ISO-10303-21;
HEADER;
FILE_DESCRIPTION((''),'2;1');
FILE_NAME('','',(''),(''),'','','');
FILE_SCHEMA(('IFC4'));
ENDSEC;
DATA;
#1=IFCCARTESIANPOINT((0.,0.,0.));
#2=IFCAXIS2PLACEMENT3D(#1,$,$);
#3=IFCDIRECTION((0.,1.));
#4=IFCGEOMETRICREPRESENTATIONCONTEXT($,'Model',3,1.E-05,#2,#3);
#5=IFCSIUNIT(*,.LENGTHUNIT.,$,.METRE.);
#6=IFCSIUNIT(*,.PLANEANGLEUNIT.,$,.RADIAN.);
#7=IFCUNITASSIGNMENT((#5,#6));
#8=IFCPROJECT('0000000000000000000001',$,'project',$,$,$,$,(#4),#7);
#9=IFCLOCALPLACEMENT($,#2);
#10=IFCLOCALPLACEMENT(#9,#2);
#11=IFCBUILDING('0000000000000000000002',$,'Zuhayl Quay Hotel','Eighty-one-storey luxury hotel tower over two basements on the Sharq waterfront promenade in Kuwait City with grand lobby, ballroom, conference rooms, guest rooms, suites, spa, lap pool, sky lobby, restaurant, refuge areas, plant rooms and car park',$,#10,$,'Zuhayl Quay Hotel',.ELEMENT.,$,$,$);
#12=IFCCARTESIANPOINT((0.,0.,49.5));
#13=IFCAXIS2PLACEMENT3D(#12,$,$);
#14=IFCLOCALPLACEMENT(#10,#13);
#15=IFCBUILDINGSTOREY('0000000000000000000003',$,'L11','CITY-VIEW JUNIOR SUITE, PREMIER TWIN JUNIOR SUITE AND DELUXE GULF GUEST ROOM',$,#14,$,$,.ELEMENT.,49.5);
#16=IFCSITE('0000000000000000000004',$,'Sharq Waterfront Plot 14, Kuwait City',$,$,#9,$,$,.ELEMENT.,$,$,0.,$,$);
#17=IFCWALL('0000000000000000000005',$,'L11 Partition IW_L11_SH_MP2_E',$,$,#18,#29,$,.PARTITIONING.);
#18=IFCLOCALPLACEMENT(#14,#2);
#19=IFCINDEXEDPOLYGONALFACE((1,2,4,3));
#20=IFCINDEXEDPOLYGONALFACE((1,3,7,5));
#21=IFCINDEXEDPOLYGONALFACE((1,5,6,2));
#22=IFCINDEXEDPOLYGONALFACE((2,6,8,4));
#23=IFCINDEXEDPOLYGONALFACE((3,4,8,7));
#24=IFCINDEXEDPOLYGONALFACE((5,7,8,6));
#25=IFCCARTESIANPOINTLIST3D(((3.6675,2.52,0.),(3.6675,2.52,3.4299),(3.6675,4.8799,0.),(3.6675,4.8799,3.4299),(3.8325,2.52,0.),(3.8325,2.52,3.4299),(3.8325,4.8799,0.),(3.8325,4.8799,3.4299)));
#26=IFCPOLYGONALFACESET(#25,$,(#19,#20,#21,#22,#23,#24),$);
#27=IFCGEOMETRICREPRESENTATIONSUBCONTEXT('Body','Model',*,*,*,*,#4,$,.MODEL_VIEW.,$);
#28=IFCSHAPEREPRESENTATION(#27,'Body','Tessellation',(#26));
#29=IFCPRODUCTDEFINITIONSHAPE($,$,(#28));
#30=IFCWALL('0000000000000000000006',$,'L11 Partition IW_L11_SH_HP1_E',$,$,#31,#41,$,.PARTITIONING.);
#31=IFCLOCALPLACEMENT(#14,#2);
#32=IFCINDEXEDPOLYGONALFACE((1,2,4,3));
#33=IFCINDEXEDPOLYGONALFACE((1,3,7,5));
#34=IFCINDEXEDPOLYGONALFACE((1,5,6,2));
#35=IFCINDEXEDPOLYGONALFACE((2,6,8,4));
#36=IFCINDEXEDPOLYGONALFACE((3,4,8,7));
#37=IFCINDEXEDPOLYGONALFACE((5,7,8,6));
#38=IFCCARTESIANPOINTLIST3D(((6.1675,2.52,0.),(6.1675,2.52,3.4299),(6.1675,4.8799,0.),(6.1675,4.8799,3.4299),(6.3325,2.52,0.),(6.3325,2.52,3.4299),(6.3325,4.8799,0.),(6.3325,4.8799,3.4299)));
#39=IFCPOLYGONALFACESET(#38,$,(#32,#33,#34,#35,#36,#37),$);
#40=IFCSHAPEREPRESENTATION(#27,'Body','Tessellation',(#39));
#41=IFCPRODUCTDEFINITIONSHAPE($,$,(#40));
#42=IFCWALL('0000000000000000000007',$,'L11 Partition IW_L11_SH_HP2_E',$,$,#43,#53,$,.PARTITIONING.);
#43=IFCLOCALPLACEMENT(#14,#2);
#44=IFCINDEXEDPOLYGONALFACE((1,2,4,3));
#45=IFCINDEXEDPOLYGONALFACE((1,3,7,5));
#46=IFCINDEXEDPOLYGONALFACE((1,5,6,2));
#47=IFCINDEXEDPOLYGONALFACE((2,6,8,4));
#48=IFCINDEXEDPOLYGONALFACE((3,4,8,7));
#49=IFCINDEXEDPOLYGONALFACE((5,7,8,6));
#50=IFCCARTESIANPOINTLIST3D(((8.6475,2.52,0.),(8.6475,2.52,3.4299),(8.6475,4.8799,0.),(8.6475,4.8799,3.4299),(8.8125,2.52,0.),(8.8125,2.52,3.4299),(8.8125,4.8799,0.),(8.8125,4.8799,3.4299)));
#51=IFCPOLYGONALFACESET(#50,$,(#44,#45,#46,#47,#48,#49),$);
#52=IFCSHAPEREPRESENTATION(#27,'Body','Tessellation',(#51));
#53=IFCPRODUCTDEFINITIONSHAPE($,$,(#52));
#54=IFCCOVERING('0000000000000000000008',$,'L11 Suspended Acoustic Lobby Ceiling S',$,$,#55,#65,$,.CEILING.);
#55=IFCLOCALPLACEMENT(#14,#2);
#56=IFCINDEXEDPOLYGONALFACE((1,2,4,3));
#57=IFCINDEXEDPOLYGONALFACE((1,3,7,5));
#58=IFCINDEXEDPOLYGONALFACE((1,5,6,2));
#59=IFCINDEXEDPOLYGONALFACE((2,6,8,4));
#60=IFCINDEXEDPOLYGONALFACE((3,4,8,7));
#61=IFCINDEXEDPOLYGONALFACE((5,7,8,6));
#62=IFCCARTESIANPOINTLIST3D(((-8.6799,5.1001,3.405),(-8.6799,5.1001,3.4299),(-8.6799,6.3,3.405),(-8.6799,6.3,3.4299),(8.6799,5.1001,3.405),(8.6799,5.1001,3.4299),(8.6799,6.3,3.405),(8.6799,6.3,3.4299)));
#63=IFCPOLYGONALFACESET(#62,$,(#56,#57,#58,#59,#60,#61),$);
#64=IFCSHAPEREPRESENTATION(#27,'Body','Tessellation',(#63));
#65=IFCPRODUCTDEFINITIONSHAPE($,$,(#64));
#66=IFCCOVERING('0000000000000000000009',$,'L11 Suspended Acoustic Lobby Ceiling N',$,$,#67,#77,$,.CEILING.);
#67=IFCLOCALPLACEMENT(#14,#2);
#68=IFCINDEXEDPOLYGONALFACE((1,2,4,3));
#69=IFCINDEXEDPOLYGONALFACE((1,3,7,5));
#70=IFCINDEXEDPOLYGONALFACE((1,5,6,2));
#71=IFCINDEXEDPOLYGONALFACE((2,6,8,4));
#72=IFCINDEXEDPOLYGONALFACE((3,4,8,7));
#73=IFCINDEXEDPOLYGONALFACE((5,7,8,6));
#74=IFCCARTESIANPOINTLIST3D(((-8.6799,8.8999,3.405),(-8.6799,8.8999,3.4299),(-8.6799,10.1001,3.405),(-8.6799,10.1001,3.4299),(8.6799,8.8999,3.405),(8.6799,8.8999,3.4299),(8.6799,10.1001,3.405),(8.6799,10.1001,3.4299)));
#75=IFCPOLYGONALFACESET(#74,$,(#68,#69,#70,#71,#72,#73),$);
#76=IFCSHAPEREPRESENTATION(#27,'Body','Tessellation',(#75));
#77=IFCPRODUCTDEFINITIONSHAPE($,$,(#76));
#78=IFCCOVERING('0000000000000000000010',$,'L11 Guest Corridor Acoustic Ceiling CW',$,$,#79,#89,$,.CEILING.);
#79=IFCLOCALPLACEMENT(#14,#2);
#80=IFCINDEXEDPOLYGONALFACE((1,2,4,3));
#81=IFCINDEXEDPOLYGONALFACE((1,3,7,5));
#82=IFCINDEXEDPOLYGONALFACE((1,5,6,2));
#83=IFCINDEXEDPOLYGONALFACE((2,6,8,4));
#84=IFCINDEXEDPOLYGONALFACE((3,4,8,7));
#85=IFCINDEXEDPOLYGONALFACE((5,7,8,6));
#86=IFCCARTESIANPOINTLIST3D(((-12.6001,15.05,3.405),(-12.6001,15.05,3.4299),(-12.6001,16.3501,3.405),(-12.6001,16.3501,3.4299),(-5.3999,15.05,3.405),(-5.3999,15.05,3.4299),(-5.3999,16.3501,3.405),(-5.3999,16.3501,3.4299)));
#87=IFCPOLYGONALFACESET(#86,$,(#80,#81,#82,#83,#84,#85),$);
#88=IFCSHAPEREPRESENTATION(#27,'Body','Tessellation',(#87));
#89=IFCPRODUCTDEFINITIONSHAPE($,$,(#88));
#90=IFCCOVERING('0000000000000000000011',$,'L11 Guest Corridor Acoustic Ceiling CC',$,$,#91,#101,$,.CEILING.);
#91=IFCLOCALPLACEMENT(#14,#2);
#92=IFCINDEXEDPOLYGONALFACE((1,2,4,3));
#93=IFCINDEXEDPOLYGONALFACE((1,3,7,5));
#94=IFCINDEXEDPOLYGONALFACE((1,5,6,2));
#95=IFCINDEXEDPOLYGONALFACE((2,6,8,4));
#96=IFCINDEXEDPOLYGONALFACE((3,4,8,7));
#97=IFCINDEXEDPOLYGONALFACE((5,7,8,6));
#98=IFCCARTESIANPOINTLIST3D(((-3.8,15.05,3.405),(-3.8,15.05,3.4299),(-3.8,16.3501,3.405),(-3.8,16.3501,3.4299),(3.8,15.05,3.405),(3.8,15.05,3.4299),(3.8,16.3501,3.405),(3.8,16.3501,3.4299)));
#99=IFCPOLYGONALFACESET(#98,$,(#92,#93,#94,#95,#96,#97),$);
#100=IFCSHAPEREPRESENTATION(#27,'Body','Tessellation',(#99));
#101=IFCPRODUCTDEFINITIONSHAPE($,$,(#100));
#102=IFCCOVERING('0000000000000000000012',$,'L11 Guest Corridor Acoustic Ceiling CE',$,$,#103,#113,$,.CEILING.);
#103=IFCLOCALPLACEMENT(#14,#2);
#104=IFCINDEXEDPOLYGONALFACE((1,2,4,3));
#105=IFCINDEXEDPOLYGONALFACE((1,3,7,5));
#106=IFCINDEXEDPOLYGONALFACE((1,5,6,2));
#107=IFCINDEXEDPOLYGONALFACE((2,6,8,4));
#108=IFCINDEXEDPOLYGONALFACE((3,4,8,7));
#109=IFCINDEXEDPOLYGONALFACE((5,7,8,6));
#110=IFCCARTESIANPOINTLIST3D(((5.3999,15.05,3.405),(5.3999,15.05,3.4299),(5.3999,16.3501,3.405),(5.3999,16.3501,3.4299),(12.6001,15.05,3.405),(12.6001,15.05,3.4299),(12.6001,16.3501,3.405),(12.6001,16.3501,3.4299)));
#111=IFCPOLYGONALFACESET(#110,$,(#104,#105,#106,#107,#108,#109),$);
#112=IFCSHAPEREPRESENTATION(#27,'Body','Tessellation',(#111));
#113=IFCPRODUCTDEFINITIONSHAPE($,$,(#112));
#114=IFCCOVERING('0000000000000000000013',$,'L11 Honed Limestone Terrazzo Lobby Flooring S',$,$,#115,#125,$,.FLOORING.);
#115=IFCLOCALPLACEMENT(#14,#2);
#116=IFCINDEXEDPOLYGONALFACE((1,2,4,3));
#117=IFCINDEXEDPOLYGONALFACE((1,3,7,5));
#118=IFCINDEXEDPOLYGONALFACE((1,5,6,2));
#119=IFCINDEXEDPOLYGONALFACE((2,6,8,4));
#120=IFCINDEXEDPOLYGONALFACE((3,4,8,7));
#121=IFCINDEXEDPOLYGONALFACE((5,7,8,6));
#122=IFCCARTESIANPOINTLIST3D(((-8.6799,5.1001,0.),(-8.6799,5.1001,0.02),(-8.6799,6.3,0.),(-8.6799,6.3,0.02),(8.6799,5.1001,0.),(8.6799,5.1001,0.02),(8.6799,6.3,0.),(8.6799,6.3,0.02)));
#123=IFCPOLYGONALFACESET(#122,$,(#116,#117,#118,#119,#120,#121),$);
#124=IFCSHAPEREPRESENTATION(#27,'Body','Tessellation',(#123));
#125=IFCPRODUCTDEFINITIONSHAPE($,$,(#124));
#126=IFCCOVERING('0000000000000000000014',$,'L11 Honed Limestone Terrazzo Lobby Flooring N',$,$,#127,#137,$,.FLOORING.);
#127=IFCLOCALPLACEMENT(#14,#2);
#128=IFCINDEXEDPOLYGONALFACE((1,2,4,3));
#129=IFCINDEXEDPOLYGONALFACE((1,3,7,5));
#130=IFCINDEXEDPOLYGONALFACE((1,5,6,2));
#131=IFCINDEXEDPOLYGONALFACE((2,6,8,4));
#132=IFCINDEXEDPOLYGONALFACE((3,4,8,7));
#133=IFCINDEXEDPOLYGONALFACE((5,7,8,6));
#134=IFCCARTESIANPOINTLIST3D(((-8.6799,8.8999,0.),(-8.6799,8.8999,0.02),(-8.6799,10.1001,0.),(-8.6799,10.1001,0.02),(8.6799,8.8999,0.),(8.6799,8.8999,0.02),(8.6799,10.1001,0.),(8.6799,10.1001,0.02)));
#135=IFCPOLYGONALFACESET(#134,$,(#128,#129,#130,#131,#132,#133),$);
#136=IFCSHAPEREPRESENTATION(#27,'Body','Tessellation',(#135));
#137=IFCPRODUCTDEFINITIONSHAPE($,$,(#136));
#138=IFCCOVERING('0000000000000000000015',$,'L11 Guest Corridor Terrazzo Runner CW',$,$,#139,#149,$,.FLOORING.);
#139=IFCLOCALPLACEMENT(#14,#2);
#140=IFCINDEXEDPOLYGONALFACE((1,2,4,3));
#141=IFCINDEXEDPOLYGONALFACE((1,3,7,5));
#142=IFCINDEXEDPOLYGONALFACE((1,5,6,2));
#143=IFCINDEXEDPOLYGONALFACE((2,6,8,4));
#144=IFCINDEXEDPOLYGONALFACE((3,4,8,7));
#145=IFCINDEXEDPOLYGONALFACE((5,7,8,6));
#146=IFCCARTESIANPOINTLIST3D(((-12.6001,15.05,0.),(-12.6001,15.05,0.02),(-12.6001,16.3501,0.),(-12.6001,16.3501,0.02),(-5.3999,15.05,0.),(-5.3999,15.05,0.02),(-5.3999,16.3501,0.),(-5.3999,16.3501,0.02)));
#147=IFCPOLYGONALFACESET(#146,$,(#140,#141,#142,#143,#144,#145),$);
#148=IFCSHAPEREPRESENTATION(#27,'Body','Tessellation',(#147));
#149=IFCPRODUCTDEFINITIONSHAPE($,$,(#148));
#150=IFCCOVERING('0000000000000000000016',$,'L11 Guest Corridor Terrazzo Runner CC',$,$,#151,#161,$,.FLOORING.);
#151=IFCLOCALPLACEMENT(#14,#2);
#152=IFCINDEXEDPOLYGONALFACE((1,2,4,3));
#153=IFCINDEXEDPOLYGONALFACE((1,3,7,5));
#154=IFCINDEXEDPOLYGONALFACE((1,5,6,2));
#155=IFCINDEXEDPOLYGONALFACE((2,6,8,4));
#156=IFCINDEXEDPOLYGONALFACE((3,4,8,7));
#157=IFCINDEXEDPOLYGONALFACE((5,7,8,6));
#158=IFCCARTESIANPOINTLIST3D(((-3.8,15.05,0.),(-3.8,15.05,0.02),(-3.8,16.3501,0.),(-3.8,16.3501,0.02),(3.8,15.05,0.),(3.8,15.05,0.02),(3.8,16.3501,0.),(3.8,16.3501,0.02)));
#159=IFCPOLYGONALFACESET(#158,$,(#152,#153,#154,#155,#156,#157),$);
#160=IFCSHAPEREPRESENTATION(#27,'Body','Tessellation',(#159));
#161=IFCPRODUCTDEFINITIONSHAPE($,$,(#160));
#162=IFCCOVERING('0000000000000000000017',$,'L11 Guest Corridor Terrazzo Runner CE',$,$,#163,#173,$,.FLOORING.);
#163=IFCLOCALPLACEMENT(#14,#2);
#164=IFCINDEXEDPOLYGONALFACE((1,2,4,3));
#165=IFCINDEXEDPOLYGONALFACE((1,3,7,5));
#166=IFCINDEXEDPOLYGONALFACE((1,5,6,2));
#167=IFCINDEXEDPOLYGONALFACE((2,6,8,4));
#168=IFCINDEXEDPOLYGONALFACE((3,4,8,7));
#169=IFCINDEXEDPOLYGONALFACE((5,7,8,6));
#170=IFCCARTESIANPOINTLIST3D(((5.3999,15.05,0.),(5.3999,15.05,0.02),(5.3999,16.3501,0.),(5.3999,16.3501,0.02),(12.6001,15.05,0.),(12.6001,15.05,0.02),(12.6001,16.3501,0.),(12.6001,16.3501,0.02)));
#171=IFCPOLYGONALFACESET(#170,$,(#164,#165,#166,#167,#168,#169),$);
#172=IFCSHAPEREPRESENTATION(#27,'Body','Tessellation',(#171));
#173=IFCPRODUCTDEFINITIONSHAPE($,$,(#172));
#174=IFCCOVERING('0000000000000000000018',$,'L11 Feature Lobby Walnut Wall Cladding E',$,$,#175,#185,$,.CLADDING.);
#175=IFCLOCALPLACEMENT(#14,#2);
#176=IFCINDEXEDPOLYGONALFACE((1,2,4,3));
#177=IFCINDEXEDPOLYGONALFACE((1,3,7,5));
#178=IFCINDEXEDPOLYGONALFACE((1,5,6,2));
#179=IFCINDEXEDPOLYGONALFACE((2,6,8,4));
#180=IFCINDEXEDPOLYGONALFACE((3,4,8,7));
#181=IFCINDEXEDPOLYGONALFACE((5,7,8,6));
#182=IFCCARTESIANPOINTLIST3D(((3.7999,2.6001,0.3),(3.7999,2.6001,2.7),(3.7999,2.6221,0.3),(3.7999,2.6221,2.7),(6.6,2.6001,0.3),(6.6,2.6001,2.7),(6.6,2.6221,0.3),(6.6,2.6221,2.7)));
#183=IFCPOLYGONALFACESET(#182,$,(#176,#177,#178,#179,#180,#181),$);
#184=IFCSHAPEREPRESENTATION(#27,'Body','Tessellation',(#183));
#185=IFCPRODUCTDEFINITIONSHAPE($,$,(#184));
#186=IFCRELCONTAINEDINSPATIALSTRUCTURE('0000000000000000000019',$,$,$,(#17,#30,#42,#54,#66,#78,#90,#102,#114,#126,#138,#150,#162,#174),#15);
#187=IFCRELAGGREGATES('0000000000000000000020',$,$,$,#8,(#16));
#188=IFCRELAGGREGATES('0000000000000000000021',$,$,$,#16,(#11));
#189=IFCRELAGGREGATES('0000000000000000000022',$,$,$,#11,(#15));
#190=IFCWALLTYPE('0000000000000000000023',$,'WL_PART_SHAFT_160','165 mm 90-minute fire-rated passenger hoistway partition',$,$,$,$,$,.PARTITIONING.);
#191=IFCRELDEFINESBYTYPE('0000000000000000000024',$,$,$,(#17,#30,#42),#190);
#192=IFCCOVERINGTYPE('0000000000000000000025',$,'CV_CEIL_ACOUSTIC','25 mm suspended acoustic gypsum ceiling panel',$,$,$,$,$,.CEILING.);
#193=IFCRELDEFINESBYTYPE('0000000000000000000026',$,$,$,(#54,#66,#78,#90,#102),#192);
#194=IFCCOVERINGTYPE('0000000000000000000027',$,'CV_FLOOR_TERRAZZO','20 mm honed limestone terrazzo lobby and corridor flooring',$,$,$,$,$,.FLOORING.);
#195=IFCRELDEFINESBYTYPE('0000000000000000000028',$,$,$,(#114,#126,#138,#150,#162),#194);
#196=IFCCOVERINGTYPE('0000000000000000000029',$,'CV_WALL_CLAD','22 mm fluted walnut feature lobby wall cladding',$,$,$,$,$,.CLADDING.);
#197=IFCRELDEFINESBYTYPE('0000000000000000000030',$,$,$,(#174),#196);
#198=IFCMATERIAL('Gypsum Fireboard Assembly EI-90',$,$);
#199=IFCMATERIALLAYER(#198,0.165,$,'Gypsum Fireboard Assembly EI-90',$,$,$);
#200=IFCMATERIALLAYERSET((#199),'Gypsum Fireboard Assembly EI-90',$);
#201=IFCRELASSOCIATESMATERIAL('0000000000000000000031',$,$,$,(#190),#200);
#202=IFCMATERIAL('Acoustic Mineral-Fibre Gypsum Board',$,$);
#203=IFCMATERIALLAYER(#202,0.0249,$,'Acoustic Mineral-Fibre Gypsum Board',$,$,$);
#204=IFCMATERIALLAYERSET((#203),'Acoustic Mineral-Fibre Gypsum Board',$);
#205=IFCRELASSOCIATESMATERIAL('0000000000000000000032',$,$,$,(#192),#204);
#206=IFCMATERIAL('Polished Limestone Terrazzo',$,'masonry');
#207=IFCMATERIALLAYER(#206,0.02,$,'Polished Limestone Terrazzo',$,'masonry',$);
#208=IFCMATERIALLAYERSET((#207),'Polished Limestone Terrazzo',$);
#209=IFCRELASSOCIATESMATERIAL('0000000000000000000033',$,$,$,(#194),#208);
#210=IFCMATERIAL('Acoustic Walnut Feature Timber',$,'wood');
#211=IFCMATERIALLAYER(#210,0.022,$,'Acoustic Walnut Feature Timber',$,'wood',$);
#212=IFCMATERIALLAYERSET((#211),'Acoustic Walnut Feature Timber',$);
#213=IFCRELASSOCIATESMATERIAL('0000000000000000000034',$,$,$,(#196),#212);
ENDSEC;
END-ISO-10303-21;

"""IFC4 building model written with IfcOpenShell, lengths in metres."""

from ifc_helpers import new_model, si_unit, direction, frame, frame_2d, origin, origin_2d, place, context, subcontext, project, spatial, polyline, rectangle, outline, extrude, material, layer, layer_set, type_object, element, save


model = new_model("IFC4")

# Units and contexts
model_context = context("Model", 3, precision=1e-05, world=origin(), true_north=direction((0.0, 1.0)))
body_context = subcontext(model_context, "Body", "Model", "MODEL_VIEW")
ifc_project = project(units=[si_unit("LENGTHUNIT", "METRE"), si_unit("PLANEANGLEUNIT", "RADIAN")], contexts=[model_context])

# Site, building, storey
site_placement = place(None, origin())
site = spatial("IfcSite", under=ifc_project, at=site_placement, Name="Sharq Waterfront Plot 14, Kuwait City", CompositionType="ELEMENT", RefElevation=0.0)
building_placement = place(site_placement, origin())
building = spatial("IfcBuilding", under=site, at=building_placement, Name="Zuhayl Quay Hotel", Description="Eighty-one-storey luxury hotel tower over two basements on the Sharq waterfront promenade in Kuwait City with grand lobby, ballroom, conference rooms, guest rooms, suites, spa, lap pool, sky lobby, restaurant, refuge areas, plant rooms and car park", LongName="Zuhayl Quay Hotel", CompositionType="ELEMENT")
storey_placement = place(building_placement, frame((0.0, 0.0, 49.5)))
storey = spatial("IfcBuildingStorey", under=building, at=storey_placement, Name="L11", Description="CITY-VIEW JUNIOR SUITE, PREMIER TWIN JUNIOR SUITE AND DELUXE GULF GUEST ROOM", CompositionType="ELEMENT", Elevation=49.5)

# Walls
ifc_material_1 = material(Name="Gypsum Fireboard Assembly EI-90")
ifc_layer_1 = layer(ifc_material_1, 0.165, Name="Gypsum Fireboard Assembly EI-90")
ifc_layer_set_1 = layer_set([ifc_layer_1], Name="Gypsum Fireboard Assembly EI-90")
wall_type_1 = type_object("IfcWallType", Name="WL_PART_SHAFT_160", Description="165 mm 90-minute fire-rated passenger hoistway partition", PredefinedType="PARTITIONING", material=ifc_layer_set_1)
for number, where, z_axis, x_axis, name in (
    (1, (3.75, 2.52, 0.0), (0.0, 0.0, 1.0), (0.0, 1.0, 0.0), "L11 Partition IW_L11_SH_MP2_E"),
    (2, (6.25, 2.52, 0.0), (0.0, 0.0, 1.0), (0.0, 1.0, 0.0), "L11 Partition IW_L11_SH_HP1_E"),
    (3, (8.73, 2.52, 0.0), (0.0, 0.0, 1.0), (0.0, 1.0, 0.0), "L11 Partition IW_L11_SH_HP2_E"),
):
    element("IfcWall", number, at=place(storey_placement, frame(where, z_axis=z_axis, x_axis=x_axis)), inside=storey, type_object=wall_type_1, Name=name, PredefinedType="PARTITIONING", context=body_context, shape_type="SweptSolid", body=[
        extrude(rectangle(XDim=2.3599, YDim=0.165, at=frame_2d((1.1799, 0.0))), origin(), (0.0, 0.0, 1.0), 3.4299),
    ])

# Coverings
ifc_material_2 = material(Name="Acoustic Mineral-Fibre Gypsum Board")
ifc_layer_2 = layer(ifc_material_2, 0.0249, Name="Acoustic Mineral-Fibre Gypsum Board")
ifc_layer_set_2 = layer_set([ifc_layer_2], Name="Acoustic Mineral-Fibre Gypsum Board")
covering_type_1 = type_object("IfcCoveringType", Name="CV_CEIL_ACOUSTIC", Description="25 mm suspended acoustic gypsum ceiling panel", PredefinedType="CEILING", material=ifc_layer_set_2)
covering_1_placement = place(storey_placement, frame((0.0, 0.0, 3.405)))
element("IfcCovering", 4, at=covering_1_placement, inside=storey, type_object=covering_type_1, Name="L11 Suspended Acoustic Lobby Ceiling S", PredefinedType="CEILING", context=body_context, shape_type="SweptSolid", body=[
    extrude(outline(polyline([(-8.6799, 5.1001), (8.6799, 5.1001), (8.6799, 6.3), (-8.6799, 6.3), (-8.6799, 5.1001)])), origin(), (0.0, 0.0, 1.0), 0.0249),
])
covering_2_placement = place(storey_placement, frame((0.0, 0.0, 3.405)))
element("IfcCovering", 5, at=covering_2_placement, inside=storey, type_object=covering_type_1, Name="L11 Suspended Acoustic Lobby Ceiling N", PredefinedType="CEILING", context=body_context, shape_type="SweptSolid", body=[
    extrude(outline(polyline([(-8.6799, 8.8999), (8.6799, 8.8999), (8.6799, 10.1001), (-8.6799, 10.1001), (-8.6799, 8.8999)])), origin(), (0.0, 0.0, 1.0), 0.0249),
])
covering_3_placement = place(storey_placement, frame((0.0, 0.0, 3.405)))
element("IfcCovering", 6, at=covering_3_placement, inside=storey, type_object=covering_type_1, Name="L11 Guest Corridor Acoustic Ceiling CW", PredefinedType="CEILING", context=body_context, shape_type="SweptSolid", body=[
    extrude(outline(polyline([(-12.6001, 15.05), (-5.3999, 15.05), (-5.3999, 16.3501), (-12.6001, 16.3501), (-12.6001, 15.05)])), origin(), (0.0, 0.0, 1.0), 0.0249),
])
covering_4_placement = place(storey_placement, frame((0.0, 0.0, 3.405)))
element("IfcCovering", 7, at=covering_4_placement, inside=storey, type_object=covering_type_1, Name="L11 Guest Corridor Acoustic Ceiling CC", PredefinedType="CEILING", context=body_context, shape_type="SweptSolid", body=[
    extrude(outline(polyline([(-3.8, 15.05), (3.8, 15.05), (3.8, 16.3501), (-3.8, 16.3501), (-3.8, 15.05)])), origin(), (0.0, 0.0, 1.0), 0.0249),
])
covering_5_placement = place(storey_placement, frame((0.0, 0.0, 3.405)))
element("IfcCovering", 8, at=covering_5_placement, inside=storey, type_object=covering_type_1, Name="L11 Guest Corridor Acoustic Ceiling CE", PredefinedType="CEILING", context=body_context, shape_type="SweptSolid", body=[
    extrude(outline(polyline([(5.3999, 15.05), (12.6001, 15.05), (12.6001, 16.3501), (5.3999, 16.3501), (5.3999, 15.05)])), origin(), (0.0, 0.0, 1.0), 0.0249),
])
ifc_material_3 = material(Name="Polished Limestone Terrazzo", Category="masonry")
ifc_layer_3 = layer(ifc_material_3, 0.02, Name="Polished Limestone Terrazzo", Category="masonry")
ifc_layer_set_3 = layer_set([ifc_layer_3], Name="Polished Limestone Terrazzo")
covering_type_2 = type_object("IfcCoveringType", Name="CV_FLOOR_TERRAZZO", Description="20 mm honed limestone terrazzo lobby and corridor flooring", PredefinedType="FLOORING", material=ifc_layer_set_3)
covering_6_placement = place(storey_placement, origin())
element("IfcCovering", 9, at=covering_6_placement, inside=storey, type_object=covering_type_2, Name="L11 Honed Limestone Terrazzo Lobby Flooring S", PredefinedType="FLOORING", context=body_context, shape_type="SweptSolid", body=[
    extrude(outline(polyline([(-8.6799, 5.1001), (8.6799, 5.1001), (8.6799, 6.3), (-8.6799, 6.3), (-8.6799, 5.1001)])), origin(), (0.0, 0.0, 1.0), 0.02),
])
covering_7_placement = place(storey_placement, origin())
element("IfcCovering", 10, at=covering_7_placement, inside=storey, type_object=covering_type_2, Name="L11 Honed Limestone Terrazzo Lobby Flooring N", PredefinedType="FLOORING", context=body_context, shape_type="SweptSolid", body=[
    extrude(outline(polyline([(-8.6799, 8.8999), (8.6799, 8.8999), (8.6799, 10.1001), (-8.6799, 10.1001), (-8.6799, 8.8999)])), origin(), (0.0, 0.0, 1.0), 0.02),
])
covering_8_placement = place(storey_placement, origin())
element("IfcCovering", 11, at=covering_8_placement, inside=storey, type_object=covering_type_2, Name="L11 Guest Corridor Terrazzo Runner CW", PredefinedType="FLOORING", context=body_context, shape_type="SweptSolid", body=[
    extrude(outline(polyline([(-12.6001, 15.05), (-5.3999, 15.05), (-5.3999, 16.3501), (-12.6001, 16.3501), (-12.6001, 15.05)])), origin(), (0.0, 0.0, 1.0), 0.02),
])
covering_9_placement = place(storey_placement, origin())
element("IfcCovering", 12, at=covering_9_placement, inside=storey, type_object=covering_type_2, Name="L11 Guest Corridor Terrazzo Runner CC", PredefinedType="FLOORING", context=body_context, shape_type="SweptSolid", body=[
    extrude(outline(polyline([(-3.8, 15.05), (3.8, 15.05), (3.8, 16.3501), (-3.8, 16.3501), (-3.8, 15.05)])), origin(), (0.0, 0.0, 1.0), 0.02),
])
covering_10_placement = place(storey_placement, origin())
element("IfcCovering", 13, at=covering_10_placement, inside=storey, type_object=covering_type_2, Name="L11 Guest Corridor Terrazzo Runner CE", PredefinedType="FLOORING", context=body_context, shape_type="SweptSolid", body=[
    extrude(outline(polyline([(5.3999, 15.05), (12.6001, 15.05), (12.6001, 16.3501), (5.3999, 16.3501), (5.3999, 15.05)])), origin(), (0.0, 0.0, 1.0), 0.02),
])
ifc_material_4 = material(Name="Acoustic Walnut Feature Timber", Category="wood")
ifc_layer_4 = layer(ifc_material_4, 0.022, Name="Acoustic Walnut Feature Timber", Category="wood")
ifc_layer_set_4 = layer_set([ifc_layer_4], Name="Acoustic Walnut Feature Timber")
covering_type_3 = type_object("IfcCoveringType", Name="CV_WALL_CLAD", Description="22 mm fluted walnut feature lobby wall cladding", PredefinedType="CLADDING", material=ifc_layer_set_4)
covering_11_placement = place(storey_placement, frame((5.2, 2.6111, 0.3), z_axis=(0.0, 0.0, 1.0), x_axis=(1.0, 0.0, 0.0)))
element("IfcCovering", 14, at=covering_11_placement, inside=storey, type_object=covering_type_3, Name="L11 Feature Lobby Walnut Wall Cladding E", PredefinedType="CLADDING", context=body_context, shape_type="SweptSolid", body=[
    extrude(rectangle(XDim=2.8, YDim=0.022, at=origin_2d()), origin(), (0.0, 0.0, 1.0), 2.3999),
])

save(model, "model.ifc")
